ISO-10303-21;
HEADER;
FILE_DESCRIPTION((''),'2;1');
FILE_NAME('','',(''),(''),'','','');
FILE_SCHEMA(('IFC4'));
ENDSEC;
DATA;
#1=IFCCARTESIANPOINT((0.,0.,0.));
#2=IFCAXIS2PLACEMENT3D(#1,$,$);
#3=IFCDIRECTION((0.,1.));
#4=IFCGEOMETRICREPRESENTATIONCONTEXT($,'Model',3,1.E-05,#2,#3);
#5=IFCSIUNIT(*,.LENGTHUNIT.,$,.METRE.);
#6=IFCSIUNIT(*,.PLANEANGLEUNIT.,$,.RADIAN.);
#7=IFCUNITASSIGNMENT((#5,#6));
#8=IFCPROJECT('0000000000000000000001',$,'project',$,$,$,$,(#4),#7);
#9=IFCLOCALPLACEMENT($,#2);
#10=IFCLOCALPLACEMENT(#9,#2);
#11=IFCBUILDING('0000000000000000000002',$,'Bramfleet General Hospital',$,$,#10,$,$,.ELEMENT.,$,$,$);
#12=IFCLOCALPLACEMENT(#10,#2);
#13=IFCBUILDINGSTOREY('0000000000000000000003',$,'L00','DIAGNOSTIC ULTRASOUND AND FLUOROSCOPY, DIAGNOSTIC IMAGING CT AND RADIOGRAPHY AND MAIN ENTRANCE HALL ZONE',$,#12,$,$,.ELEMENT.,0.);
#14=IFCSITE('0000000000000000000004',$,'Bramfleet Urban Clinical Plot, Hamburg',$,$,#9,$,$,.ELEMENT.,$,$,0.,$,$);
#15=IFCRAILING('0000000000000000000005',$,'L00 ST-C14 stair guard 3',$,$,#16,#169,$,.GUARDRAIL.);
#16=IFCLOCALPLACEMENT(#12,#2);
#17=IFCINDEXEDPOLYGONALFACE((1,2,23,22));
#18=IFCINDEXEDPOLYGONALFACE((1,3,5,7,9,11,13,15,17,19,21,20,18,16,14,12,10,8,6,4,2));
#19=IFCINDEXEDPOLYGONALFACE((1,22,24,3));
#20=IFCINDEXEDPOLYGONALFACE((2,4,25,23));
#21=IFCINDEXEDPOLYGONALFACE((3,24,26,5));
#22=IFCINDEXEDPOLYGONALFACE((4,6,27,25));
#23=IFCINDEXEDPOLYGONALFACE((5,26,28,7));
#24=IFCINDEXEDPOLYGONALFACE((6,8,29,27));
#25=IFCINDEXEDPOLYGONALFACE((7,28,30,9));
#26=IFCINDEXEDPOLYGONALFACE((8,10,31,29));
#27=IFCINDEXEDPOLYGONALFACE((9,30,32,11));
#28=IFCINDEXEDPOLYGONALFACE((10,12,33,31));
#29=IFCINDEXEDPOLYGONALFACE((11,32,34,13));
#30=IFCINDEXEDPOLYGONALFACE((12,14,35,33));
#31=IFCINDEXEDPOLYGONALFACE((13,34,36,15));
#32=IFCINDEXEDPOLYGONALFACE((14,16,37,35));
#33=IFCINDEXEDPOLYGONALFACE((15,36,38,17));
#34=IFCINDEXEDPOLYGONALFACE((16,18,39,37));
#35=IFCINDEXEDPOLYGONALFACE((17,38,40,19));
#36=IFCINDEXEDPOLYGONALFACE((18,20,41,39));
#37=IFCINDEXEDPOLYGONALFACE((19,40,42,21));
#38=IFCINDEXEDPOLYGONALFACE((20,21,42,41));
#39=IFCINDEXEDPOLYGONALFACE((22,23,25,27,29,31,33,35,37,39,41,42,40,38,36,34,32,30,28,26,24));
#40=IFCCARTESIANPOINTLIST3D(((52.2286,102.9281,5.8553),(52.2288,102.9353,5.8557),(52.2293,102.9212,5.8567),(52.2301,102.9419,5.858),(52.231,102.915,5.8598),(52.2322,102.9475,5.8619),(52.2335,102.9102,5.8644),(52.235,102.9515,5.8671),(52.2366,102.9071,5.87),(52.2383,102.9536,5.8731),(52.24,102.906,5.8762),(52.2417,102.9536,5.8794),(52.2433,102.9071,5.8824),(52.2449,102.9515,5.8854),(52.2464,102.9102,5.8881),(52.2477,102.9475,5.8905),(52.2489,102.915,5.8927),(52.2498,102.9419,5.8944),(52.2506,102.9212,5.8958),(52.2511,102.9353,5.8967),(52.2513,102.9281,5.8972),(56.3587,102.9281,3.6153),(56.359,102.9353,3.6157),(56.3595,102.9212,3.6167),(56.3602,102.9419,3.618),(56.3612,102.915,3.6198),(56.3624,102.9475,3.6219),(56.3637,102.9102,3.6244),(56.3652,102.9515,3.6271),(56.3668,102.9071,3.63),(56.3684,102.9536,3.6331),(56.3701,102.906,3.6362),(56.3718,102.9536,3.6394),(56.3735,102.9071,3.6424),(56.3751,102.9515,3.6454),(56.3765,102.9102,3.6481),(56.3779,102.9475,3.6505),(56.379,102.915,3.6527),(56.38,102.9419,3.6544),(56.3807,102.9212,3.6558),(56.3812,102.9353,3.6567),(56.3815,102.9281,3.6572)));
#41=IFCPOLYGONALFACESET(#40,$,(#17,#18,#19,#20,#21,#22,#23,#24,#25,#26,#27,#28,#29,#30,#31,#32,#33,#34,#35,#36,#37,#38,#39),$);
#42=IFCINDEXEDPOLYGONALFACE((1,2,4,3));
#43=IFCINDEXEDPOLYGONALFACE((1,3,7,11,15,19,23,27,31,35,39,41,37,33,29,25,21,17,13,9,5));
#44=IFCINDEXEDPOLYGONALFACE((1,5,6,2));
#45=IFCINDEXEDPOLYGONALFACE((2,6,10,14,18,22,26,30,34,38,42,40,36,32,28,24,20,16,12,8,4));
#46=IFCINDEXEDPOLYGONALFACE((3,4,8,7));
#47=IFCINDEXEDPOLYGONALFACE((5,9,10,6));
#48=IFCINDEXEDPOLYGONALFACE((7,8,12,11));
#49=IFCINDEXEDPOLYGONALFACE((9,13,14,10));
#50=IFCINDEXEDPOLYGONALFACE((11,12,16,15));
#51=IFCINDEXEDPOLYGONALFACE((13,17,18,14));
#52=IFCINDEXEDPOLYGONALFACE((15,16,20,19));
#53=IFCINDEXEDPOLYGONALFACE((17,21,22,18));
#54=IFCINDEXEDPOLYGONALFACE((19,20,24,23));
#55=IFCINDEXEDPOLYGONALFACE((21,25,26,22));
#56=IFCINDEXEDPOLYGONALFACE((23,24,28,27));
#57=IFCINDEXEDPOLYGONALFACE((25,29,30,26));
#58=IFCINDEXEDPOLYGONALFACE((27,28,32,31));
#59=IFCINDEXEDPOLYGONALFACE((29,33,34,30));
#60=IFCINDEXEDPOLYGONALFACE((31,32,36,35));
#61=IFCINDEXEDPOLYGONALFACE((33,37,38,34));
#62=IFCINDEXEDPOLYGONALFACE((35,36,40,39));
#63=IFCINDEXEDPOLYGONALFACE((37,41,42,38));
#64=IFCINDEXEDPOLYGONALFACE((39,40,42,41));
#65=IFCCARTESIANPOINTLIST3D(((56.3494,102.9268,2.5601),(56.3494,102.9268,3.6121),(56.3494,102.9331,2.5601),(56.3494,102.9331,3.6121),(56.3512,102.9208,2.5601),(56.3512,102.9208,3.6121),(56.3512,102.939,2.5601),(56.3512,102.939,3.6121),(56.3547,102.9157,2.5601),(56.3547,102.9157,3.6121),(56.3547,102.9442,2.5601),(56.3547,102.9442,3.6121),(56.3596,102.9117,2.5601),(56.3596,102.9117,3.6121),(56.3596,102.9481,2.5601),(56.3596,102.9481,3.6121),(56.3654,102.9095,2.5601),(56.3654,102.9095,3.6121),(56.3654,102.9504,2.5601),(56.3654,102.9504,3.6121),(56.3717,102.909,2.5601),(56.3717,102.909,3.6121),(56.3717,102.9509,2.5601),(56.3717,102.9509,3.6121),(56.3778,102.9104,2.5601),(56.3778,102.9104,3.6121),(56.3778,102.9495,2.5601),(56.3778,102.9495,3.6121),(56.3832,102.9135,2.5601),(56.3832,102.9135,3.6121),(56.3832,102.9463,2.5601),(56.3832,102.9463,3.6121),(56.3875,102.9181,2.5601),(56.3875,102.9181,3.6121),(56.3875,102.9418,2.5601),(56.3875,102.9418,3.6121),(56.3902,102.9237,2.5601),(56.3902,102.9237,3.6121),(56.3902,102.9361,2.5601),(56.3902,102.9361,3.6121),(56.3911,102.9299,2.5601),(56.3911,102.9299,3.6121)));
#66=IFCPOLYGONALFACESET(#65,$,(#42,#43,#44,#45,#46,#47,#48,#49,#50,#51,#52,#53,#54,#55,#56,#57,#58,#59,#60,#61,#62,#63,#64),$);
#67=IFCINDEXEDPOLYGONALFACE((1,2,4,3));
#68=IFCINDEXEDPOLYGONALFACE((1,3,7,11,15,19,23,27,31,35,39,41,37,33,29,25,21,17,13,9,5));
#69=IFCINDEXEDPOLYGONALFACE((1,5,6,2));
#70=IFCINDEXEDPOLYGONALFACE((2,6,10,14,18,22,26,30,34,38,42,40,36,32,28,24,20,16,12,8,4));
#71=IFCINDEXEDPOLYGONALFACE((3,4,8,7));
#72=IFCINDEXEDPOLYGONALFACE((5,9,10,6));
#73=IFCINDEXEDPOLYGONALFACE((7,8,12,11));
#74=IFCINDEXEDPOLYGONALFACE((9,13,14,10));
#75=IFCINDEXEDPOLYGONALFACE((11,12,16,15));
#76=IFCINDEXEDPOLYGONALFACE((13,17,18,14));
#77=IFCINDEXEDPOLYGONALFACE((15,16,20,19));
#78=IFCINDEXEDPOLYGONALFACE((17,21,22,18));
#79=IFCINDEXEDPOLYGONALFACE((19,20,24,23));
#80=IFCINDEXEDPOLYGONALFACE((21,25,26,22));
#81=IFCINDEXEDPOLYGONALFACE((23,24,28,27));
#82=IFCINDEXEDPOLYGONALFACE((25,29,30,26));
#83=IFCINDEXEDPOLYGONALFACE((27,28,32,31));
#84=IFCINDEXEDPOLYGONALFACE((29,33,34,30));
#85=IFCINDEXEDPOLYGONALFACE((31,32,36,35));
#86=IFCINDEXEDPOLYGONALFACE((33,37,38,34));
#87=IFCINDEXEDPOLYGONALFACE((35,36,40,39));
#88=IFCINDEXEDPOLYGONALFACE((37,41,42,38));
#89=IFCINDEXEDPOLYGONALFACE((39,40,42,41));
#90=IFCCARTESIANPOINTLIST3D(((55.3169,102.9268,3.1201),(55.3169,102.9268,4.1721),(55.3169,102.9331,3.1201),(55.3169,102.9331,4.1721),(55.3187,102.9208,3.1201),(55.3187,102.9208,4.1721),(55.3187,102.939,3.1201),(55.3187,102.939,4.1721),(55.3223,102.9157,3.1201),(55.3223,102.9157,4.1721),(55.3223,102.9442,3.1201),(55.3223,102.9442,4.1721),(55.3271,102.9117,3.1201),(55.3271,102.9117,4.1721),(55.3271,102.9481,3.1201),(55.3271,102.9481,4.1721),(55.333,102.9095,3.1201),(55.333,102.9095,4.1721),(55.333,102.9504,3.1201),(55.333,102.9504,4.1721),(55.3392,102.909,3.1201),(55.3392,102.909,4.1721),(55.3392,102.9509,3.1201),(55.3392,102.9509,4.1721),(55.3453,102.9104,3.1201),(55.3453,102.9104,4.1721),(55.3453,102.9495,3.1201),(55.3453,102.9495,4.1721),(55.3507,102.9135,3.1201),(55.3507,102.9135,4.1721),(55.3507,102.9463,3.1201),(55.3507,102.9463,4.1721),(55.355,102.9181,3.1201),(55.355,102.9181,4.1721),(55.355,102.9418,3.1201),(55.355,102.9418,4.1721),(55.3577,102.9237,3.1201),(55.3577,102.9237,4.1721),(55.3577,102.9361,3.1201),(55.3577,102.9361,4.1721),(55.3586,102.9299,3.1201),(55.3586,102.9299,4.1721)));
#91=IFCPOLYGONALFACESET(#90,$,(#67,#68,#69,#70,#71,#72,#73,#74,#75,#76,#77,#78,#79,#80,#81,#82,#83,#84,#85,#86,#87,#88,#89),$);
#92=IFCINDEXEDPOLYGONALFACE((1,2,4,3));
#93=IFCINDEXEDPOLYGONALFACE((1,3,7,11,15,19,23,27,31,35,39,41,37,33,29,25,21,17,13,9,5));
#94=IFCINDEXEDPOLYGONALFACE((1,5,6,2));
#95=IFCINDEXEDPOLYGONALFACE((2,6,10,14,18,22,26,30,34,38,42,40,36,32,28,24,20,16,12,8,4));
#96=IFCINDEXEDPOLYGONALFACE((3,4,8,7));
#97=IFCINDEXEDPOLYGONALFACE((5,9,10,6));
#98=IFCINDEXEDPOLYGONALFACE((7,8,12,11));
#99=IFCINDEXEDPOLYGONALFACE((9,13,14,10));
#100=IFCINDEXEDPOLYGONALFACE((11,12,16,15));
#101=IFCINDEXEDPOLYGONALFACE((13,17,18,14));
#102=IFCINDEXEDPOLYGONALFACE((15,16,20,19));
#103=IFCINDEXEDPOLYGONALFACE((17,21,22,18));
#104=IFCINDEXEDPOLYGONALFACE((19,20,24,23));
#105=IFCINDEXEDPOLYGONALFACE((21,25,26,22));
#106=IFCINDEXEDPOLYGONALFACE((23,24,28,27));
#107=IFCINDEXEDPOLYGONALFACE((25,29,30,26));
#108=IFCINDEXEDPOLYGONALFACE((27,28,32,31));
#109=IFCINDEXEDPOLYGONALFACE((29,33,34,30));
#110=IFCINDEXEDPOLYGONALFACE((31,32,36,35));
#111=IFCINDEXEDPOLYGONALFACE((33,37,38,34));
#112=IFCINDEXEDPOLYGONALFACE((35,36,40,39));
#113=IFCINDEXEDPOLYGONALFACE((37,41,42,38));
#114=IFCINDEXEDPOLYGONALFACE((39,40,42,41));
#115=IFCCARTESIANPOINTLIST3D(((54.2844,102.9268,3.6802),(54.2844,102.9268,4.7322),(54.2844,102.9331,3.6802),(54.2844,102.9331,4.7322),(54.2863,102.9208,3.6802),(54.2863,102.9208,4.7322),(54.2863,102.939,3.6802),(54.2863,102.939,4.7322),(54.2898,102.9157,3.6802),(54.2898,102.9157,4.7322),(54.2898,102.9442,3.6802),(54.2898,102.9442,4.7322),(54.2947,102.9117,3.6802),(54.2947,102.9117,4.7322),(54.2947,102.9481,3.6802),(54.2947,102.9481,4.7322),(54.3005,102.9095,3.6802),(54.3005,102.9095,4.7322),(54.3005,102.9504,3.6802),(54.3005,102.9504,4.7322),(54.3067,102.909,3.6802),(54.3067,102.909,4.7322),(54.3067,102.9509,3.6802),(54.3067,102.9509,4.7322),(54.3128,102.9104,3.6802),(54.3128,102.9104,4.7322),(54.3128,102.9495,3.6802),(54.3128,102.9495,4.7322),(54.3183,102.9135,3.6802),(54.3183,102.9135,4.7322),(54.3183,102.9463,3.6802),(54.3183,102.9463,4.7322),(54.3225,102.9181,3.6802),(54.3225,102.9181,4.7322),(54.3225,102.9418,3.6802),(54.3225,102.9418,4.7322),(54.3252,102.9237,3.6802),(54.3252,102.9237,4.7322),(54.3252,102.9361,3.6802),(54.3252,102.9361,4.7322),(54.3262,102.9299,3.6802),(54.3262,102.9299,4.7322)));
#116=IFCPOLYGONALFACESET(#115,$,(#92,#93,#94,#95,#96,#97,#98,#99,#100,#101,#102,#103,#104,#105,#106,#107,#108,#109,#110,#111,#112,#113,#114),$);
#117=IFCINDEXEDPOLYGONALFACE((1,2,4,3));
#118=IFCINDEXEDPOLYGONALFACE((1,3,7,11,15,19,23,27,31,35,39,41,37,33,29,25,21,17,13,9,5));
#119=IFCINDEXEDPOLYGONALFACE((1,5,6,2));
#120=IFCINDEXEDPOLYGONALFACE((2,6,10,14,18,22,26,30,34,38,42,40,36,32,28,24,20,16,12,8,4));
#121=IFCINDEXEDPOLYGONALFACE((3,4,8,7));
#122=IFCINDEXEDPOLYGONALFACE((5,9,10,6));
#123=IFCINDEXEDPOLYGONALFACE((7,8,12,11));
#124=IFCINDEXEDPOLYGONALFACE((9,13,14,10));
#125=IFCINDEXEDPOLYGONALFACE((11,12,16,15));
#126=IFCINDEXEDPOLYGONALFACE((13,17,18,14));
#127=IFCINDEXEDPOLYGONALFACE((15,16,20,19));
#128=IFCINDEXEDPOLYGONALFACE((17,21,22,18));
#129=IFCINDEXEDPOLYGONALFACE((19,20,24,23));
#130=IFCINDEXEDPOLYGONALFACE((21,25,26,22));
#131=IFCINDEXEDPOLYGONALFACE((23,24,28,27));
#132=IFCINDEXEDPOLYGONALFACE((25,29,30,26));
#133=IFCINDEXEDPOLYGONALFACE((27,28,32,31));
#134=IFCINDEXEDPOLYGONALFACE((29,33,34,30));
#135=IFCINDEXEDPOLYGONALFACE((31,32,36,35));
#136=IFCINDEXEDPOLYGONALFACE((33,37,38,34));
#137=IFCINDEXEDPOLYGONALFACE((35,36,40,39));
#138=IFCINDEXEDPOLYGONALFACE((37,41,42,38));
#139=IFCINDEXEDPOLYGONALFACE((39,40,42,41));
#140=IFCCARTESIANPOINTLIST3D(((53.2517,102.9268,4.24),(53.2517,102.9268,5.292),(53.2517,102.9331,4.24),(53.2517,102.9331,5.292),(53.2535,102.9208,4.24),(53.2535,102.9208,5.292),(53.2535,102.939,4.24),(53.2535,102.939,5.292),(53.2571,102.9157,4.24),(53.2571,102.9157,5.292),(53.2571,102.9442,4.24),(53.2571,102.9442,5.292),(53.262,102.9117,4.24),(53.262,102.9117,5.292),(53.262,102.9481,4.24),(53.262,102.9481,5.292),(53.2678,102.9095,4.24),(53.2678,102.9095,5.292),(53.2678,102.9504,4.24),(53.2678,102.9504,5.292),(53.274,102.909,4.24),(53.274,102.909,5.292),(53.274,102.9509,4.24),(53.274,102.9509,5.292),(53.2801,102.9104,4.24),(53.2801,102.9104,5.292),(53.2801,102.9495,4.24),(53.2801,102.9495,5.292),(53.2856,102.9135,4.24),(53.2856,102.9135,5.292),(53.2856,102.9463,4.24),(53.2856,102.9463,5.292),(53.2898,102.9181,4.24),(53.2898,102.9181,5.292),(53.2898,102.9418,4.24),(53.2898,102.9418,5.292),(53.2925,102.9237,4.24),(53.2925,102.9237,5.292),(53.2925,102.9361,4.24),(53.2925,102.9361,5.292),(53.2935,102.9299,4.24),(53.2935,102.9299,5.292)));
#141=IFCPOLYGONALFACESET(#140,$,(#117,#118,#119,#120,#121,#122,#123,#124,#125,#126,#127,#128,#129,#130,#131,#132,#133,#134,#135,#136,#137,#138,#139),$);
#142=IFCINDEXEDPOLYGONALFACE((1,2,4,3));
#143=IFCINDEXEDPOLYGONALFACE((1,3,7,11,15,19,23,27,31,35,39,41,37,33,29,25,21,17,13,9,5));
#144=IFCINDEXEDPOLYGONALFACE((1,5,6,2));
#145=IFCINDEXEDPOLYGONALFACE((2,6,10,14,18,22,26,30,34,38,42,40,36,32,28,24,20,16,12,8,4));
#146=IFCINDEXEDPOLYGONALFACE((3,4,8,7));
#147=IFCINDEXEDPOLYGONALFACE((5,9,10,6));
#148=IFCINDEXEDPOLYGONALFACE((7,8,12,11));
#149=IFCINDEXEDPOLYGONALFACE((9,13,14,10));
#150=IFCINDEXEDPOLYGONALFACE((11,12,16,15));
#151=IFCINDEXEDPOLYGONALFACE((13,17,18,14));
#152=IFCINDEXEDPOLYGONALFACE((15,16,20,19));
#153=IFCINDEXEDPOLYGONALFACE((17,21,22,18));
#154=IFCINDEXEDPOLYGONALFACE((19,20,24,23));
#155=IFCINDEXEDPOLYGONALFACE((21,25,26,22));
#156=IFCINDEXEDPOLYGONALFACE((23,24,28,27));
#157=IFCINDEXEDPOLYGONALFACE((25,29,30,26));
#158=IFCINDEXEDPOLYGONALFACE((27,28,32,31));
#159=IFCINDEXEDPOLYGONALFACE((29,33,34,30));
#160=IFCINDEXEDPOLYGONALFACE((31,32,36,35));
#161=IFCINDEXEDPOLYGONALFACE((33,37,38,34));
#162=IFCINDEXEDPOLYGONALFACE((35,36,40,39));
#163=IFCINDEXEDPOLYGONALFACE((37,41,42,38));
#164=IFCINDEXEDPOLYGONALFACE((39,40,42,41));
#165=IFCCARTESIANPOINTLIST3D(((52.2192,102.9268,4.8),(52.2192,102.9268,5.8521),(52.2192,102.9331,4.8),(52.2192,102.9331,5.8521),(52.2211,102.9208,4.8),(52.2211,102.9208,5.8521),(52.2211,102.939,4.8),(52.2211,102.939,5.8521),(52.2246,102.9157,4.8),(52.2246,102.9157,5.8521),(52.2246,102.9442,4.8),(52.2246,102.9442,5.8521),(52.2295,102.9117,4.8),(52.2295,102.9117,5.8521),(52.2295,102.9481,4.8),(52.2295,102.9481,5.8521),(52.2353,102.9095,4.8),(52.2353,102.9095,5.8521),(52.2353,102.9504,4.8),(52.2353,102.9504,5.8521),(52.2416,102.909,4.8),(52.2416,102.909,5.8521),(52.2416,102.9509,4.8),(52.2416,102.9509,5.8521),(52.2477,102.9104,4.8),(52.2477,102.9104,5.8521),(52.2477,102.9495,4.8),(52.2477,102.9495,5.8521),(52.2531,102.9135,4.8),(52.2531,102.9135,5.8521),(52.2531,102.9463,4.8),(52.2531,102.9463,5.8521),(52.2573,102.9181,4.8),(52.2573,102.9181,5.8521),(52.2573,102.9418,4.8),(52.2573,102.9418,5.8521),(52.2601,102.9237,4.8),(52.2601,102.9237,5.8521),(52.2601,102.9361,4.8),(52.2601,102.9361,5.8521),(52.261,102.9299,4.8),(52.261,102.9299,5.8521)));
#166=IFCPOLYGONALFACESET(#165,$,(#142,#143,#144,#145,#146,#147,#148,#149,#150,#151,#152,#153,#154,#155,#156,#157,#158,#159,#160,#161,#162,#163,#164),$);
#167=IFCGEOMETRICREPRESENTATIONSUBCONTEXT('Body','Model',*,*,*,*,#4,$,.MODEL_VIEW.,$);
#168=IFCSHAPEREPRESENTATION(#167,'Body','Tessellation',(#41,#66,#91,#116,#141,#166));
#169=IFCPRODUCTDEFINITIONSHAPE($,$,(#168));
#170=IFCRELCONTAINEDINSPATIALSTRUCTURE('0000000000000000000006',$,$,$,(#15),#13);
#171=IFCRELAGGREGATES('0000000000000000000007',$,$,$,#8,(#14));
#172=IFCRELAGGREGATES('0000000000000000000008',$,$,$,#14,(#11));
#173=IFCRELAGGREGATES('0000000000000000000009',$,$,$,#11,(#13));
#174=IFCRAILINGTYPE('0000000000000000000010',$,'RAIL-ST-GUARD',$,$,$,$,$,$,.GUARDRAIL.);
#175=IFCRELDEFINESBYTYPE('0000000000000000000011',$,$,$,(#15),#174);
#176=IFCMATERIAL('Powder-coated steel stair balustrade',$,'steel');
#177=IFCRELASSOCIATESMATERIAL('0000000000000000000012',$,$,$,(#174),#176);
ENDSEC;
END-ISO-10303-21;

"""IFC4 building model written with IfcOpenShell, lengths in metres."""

from ifc_helpers import new_model, si_unit, direction, frame, origin, origin_2d, place, context, subcontext, project, spatial, circle, extrude, material, type_object, element, save


model = new_model("IFC4")

# Units and contexts
model_context = context("Model", 3, precision=1e-05, world=origin(), true_north=direction((0.0, 1.0)))
body_context = subcontext(model_context, "Body", "Model", "MODEL_VIEW")
ifc_project = project(units=[si_unit("LENGTHUNIT", "METRE"), si_unit("PLANEANGLEUNIT", "RADIAN")], contexts=[model_context])

# Site, building, storey
site_placement = place(None, origin())
site = spatial("IfcSite", under=ifc_project, at=site_placement, Name="Bramfleet Urban Clinical Plot, Hamburg", CompositionType="ELEMENT", RefElevation=0.0)
building_placement = place(site_placement, origin())
building = spatial("IfcBuilding", under=site, at=building_placement, Name="Bramfleet General Hospital", CompositionType="ELEMENT")
storey_placement = place(building_placement, origin())
storey = spatial("IfcBuildingStorey", under=building, at=storey_placement, Name="L00", Description="DIAGNOSTIC ULTRASOUND AND FLUOROSCOPY, DIAGNOSTIC IMAGING CT AND RADIOGRAPHY AND MAIN ENTRANCE HALL ZONE", CompositionType="ELEMENT", Elevation=0.0)

# Railing
ifc_material_1 = material(Name="Powder-coated steel stair balustrade", Category="steel")
railing_type_1 = type_object("IfcRailingType", Name="RAIL-ST-GUARD", PredefinedType="GUARDRAIL", material=ifc_material_1)
railing_1_placement = place(storey_placement, frame((56.3701, 102.9299, 2.5601)))
element("IfcRailing", 1, at=railing_1_placement, inside=storey, type_object=railing_type_1, Name="L00 ST-C14 stair guard 3", PredefinedType="GUARDRAIL", context=body_context, shape_type="SweptSolid", body=[
    extrude(circle(Radius=0.0239, at=origin_2d()), frame((0.0, 0.0, 1.0762), z_axis=(-0.879039, 0.0, 0.47675), x_axis=(0.0, -1.0, 0.0)), (0.0, 0.0, 1.0), 4.6985),
    extrude(circle(Radius=0.021, at=origin_2d()), origin(), (0.0, 0.0, 1.0), 1.052),
    extrude(circle(Radius=0.021, at=origin_2d()), frame((-1.0325, 0.0, 0.5601)), (0.0, 0.0, 1.0), 1.052),
    extrude(circle(Radius=0.021, at=origin_2d()), frame((-2.0649, 0.0, 1.1201)), (0.0, 0.0, 1.0), 1.052),
    extrude(circle(Radius=0.021, at=origin_2d()), frame((-3.0977, 0.0, 1.6799)), (0.0, 0.0, 1.0), 1.052),
    extrude(circle(Radius=0.021, at=origin_2d()), frame((-4.1301, 0.0, 2.24)), (0.0, 0.0, 1.0), 1.052),
])

save(model, "model.ifc")
